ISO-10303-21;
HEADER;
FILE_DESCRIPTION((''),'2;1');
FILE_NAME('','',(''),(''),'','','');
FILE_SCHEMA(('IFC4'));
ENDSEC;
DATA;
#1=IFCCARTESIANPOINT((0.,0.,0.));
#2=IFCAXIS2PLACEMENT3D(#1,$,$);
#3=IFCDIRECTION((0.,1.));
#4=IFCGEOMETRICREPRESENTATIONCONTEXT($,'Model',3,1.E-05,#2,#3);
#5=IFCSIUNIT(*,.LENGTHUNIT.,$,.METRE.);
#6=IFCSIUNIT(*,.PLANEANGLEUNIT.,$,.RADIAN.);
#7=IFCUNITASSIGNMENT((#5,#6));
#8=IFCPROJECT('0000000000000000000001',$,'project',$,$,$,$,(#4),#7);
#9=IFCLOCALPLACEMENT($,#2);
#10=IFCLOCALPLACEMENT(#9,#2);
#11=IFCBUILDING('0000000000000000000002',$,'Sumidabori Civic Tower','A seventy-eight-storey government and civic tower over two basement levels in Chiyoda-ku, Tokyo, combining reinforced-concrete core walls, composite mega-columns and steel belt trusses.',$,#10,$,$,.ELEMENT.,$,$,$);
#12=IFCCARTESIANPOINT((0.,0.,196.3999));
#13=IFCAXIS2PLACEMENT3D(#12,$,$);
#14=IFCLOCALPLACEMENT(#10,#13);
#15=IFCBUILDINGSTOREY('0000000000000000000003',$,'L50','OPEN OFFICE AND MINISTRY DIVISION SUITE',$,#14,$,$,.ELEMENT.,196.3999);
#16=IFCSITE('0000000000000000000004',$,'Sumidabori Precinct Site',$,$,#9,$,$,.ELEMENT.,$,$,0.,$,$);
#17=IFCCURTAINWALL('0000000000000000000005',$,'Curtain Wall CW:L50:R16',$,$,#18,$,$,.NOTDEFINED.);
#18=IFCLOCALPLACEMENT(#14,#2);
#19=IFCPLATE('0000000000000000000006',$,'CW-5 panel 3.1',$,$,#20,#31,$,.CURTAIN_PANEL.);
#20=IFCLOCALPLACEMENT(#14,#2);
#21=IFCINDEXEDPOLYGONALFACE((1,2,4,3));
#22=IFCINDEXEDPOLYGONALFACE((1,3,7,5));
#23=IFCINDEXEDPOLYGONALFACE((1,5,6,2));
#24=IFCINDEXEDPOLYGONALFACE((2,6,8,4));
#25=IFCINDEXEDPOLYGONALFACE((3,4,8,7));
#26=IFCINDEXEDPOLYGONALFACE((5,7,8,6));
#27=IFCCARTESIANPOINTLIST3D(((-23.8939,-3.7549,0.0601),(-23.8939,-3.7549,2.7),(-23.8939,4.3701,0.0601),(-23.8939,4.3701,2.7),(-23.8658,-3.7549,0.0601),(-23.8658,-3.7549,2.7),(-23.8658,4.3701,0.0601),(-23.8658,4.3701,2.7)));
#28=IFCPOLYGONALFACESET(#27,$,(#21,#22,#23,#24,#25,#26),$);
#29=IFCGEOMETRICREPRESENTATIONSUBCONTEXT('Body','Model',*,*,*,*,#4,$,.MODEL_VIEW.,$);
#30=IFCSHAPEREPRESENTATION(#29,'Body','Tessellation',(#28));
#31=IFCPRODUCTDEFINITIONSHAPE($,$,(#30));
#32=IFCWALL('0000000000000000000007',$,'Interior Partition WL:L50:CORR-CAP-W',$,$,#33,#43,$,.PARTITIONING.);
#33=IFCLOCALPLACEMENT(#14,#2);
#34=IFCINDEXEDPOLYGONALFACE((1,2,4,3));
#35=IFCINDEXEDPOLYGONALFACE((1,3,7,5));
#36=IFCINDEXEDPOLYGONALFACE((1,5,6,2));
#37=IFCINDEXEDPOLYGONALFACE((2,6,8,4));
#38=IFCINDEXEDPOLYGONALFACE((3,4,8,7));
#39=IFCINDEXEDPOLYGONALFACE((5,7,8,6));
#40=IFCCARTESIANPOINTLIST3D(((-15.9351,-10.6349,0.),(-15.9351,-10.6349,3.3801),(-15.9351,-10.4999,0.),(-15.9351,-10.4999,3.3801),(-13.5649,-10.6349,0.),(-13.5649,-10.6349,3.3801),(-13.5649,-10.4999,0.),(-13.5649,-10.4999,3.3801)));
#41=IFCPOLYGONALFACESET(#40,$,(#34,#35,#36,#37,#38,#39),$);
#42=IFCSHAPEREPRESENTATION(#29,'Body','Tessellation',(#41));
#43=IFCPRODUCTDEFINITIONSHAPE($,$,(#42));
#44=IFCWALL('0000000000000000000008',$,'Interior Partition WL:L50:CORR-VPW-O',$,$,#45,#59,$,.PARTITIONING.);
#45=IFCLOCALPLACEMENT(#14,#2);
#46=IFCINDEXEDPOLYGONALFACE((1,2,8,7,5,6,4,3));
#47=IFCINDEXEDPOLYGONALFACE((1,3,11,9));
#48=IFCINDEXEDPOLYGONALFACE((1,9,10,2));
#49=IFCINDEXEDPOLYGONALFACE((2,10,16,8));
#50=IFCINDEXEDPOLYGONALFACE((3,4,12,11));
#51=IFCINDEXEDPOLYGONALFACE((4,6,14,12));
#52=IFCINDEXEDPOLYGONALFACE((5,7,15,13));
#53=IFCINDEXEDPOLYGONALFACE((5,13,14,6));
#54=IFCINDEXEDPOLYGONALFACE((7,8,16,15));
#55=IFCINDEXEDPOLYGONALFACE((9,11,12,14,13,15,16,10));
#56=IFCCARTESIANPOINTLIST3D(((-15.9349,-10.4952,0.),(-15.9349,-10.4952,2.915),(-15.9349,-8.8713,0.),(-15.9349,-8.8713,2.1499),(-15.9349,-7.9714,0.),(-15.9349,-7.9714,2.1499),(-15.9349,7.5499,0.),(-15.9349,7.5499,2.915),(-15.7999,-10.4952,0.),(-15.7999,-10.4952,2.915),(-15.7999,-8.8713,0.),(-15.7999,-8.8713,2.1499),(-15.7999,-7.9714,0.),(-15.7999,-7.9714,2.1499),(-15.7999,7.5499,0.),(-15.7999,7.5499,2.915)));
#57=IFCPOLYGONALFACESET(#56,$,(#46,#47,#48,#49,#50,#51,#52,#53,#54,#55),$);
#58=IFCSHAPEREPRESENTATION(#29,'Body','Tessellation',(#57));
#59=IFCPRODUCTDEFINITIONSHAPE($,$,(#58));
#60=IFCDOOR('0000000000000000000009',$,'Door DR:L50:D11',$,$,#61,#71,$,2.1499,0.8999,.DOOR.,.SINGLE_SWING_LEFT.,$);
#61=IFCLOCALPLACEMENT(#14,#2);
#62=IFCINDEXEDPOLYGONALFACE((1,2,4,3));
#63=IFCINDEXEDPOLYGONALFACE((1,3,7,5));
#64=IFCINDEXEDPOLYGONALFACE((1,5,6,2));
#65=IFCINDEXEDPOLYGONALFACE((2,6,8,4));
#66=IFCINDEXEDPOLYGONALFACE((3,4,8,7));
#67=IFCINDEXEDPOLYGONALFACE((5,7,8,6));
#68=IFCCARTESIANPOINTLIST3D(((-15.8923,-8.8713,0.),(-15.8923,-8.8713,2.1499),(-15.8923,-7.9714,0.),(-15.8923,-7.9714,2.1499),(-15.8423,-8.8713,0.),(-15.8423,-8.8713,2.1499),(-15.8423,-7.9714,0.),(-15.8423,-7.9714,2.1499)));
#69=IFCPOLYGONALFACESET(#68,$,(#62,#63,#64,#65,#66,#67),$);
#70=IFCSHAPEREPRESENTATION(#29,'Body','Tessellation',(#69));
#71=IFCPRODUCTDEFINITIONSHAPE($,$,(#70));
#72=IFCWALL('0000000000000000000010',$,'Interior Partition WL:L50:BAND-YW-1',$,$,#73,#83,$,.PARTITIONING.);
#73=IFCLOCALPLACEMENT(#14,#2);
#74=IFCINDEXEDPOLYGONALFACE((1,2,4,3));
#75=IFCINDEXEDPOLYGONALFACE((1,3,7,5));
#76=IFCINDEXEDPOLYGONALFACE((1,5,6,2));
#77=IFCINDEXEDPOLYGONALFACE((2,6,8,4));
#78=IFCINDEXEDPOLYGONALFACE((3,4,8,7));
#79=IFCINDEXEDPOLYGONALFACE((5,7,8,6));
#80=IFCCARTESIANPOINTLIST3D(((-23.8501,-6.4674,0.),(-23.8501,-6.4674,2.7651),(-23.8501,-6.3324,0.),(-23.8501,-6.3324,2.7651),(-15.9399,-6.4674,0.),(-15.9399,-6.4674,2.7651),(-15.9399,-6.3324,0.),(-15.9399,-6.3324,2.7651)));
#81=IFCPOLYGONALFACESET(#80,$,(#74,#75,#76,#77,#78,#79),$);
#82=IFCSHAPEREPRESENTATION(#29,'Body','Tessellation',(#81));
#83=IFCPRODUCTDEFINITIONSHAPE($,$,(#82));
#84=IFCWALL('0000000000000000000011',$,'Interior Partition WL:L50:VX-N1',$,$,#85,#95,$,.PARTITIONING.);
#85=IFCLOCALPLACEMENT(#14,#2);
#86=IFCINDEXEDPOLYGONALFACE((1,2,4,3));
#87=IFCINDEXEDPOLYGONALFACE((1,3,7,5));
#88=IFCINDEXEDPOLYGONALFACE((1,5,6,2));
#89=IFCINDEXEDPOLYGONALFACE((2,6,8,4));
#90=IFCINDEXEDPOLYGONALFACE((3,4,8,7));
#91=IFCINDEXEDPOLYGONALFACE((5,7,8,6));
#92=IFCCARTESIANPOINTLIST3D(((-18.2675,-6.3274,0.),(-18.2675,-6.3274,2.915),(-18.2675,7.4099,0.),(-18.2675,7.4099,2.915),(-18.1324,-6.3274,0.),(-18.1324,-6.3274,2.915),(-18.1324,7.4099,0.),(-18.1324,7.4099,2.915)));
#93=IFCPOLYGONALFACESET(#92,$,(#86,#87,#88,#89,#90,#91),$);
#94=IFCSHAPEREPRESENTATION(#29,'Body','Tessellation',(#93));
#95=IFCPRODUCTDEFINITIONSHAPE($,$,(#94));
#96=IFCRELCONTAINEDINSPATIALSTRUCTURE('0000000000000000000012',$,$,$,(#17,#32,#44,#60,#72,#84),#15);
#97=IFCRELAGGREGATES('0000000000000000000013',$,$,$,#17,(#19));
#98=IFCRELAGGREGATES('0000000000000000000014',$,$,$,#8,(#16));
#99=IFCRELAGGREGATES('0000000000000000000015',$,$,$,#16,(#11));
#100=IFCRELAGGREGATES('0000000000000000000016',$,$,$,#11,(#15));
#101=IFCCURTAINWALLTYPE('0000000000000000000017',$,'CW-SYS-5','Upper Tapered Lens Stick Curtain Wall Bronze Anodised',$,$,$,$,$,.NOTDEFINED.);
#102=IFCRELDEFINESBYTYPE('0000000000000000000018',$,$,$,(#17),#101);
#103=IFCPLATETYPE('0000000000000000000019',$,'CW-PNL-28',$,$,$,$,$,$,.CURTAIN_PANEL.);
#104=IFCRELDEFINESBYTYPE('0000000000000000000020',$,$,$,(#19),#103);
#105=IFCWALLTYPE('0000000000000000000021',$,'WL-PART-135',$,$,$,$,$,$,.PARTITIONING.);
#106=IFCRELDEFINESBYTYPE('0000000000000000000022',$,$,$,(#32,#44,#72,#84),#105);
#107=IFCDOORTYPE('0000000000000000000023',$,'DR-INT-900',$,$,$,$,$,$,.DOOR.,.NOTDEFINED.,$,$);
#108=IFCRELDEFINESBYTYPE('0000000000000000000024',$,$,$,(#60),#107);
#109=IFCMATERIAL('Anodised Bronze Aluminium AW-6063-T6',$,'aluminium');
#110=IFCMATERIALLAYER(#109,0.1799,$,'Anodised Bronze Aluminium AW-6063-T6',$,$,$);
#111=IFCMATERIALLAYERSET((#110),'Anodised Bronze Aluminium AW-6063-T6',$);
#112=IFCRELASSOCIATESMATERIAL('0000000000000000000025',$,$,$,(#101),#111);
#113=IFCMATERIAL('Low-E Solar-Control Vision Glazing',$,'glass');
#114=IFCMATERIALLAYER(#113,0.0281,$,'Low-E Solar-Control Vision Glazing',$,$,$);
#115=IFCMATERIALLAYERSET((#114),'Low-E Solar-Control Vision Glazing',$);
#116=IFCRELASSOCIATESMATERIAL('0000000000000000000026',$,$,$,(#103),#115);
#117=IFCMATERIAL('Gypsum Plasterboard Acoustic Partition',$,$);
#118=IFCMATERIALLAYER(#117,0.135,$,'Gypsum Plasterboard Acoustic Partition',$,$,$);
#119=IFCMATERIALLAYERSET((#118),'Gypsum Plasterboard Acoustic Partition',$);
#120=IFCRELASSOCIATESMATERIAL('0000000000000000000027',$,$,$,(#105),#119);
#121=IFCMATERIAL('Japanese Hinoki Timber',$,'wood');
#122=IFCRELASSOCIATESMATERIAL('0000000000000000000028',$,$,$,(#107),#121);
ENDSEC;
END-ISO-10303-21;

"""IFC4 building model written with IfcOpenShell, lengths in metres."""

from ifc_helpers import new_model, si_unit, direction, frame, frame_2d, origin, origin_2d, place, context, subcontext, project, spatial, rectangle, extrude, source, transform, mapped, material, layer, layer_set, type_object, element, fill, aggregate, save


model = new_model("IFC4")

# Units and contexts
model_context = context("Model", 3, precision=1e-05, world=origin(), true_north=direction((0.0, 1.0)))
body_context = subcontext(model_context, "Body", "Model", "MODEL_VIEW")
ifc_project = project(units=[si_unit("LENGTHUNIT", "METRE"), si_unit("PLANEANGLEUNIT", "RADIAN")], contexts=[model_context])

# Site, building, storey
site_placement = place(None, origin())
site = spatial("IfcSite", under=ifc_project, at=site_placement, Name="Sumidabori Precinct Site", CompositionType="ELEMENT", RefElevation=0.0)
building_placement = place(site_placement, origin())
building = spatial("IfcBuilding", under=site, at=building_placement, Name="Sumidabori Civic Tower", Description="A seventy-eight-storey government and civic tower over two basement levels in Chiyoda-ku, Tokyo, combining reinforced-concrete core walls, composite mega-columns and steel belt trusses.", CompositionType="ELEMENT")
storey_placement = place(building_placement, frame((0.0, 0.0, 196.3999)))
storey = spatial("IfcBuildingStorey", under=building, at=storey_placement, Name="L50", Description="OPEN OFFICE AND MINISTRY DIVISION SUITE", CompositionType="ELEMENT", Elevation=196.3999)

# Curtain wall
ifc_material_1 = material(Name="Anodised Bronze Aluminium AW-6063-T6", Category="aluminium")
ifc_layer_1 = layer(ifc_material_1, 0.1799, Name="Anodised Bronze Aluminium AW-6063-T6")
ifc_layer_set_1 = layer_set([ifc_layer_1], Name="Anodised Bronze Aluminium AW-6063-T6")
curtain_wall_type = type_object("IfcCurtainWallType", Name="CW-SYS-5", Description="Upper Tapered Lens Stick Curtain Wall Bronze Anodised", PredefinedType="NOTDEFINED", material=ifc_layer_set_1)
curtain_wall_1_placement = place(storey_placement, origin())
curtain_wall_1 = element("IfcCurtainWall", 1, at=curtain_wall_1_placement, inside=storey, type_object=curtain_wall_type, Name="Curtain Wall CW:L50:R16", PredefinedType="NOTDEFINED")

# Plate
ifc_material_2 = material(Name="Low-E Solar-Control Vision Glazing", Category="glass")
ifc_layer_2 = layer(ifc_material_2, 0.0281, Name="Low-E Solar-Control Vision Glazing")
ifc_layer_set_2 = layer_set([ifc_layer_2], Name="Low-E Solar-Control Vision Glazing")
plate_type = type_object("IfcPlateType", Name="CW-PNL-28", PredefinedType="CURTAIN_PANEL", material=ifc_layer_set_2)
shared_shape_1 = source(origin(), body_context, "Body", "SweptSolid", [
    extrude(rectangle(XDim=8.125, YDim=0.0281, at=origin_2d()), origin(), (0.0, 0.0, 1.0), 2.6399),
])
plate_1_placement = place(storey_placement, frame((-23.8799, 0.3076, 0.0601), z_axis=(0.0, 0.0, 1.0), x_axis=(0.0, -1.0, 0.0)))
plate_1 = element("IfcPlate", 2, at=plate_1_placement, type_object=plate_type, Name="CW-5 panel 3.1", PredefinedType="CURTAIN_PANEL", context=body_context, shape_type="MappedRepresentation", body=[
    mapped(shared_shape_1, transform((0.0, 0.0, 0.0), x_axis=(1.0, 0.0, 0.0), y_axis=(0.0, 1.0, 0.0), z_axis=(0.0, 0.0, 1.0), scale=1.0)),
])
aggregate(curtain_wall_1, [plate_1])

# Wall
ifc_material_3 = material(Name="Gypsum Plasterboard Acoustic Partition")
ifc_layer_3 = layer(ifc_material_3, 0.135, Name="Gypsum Plasterboard Acoustic Partition")
ifc_layer_set_3 = layer_set([ifc_layer_3], Name="Gypsum Plasterboard Acoustic Partition")
wall_type = type_object("IfcWallType", Name="WL-PART-135", PredefinedType="PARTITIONING", material=ifc_layer_set_3)
shared_shape_2 = source(origin(), body_context, "Body", "SweptSolid", [
    extrude(rectangle(XDim=2.3701, YDim=0.135, at=frame_2d((1.1851, 0.0))), origin(), (0.0, 0.0, 1.0), 3.3801),
])
wall_1_placement = place(storey_placement, frame((-15.9351, -10.5674, 0.0), z_axis=(0.0, 0.0, 1.0), x_axis=(1.0, 0.0, 0.0)))
element("IfcWall", 3, at=wall_1_placement, inside=storey, type_object=wall_type, Name="Interior Partition WL:L50:CORR-CAP-W", PredefinedType="PARTITIONING", context=body_context, shape_type="MappedRepresentation", body=[
    mapped(shared_shape_2, transform((0.0, 0.0, 0.0), x_axis=(1.0, 0.0, 0.0), y_axis=(0.0, 1.0, 0.0), z_axis=(0.0, 0.0, 1.0), scale=1.0)),
])

# Wall, opening, door
shared_shape_3 = source(origin(), body_context, "Body", "SweptSolid", [
    extrude(rectangle(XDim=18.0452, YDim=0.135, at=frame_2d((9.0225, 0.0))), origin(), (0.0, 0.0, 1.0), 2.915),
])
wall_2_placement = place(storey_placement, frame((-15.8674, -10.4951, 0.0), z_axis=(0.0, 0.0, 1.0), x_axis=(0.0, 1.0, 0.0)))
wall_2 = element("IfcWall", 4, at=wall_2_placement, inside=storey, type_object=wall_type, Name="Interior Partition WL:L50:CORR-VPW-O", PredefinedType="PARTITIONING", context=body_context, shape_type="MappedRepresentation", body=[
    mapped(shared_shape_3, transform((0.0, 0.0, 0.0), x_axis=(1.0, 0.0, 0.0), y_axis=(0.0, 1.0, 0.0), z_axis=(0.0, 0.0, 1.0), scale=1.0)),
])
opening_placement = place(wall_2_placement, frame((1.6238, 0.0, 0.0)))
opening = element("IfcOpeningElement", 5, at=opening_placement, cuts=wall_2, PredefinedType="OPENING", context=body_context, shape_type="SweptSolid", body=[
    extrude(rectangle(XDim=0.8999, YDim=2.1499, at=frame_2d((0.45, 1.075))), frame((0.0, 0.0796, 0.0), z_axis=(0.0, -1.0, 0.0), x_axis=(1.0, 0.0, 0.0)), (0.0, 0.0, 1.0), 0.1589),
])
ifc_material_4 = material(Name="Japanese Hinoki Timber", Category="wood")
door_type = type_object("IfcDoorType", Name="DR-INT-900", OperationType="NOTDEFINED", PredefinedType="DOOR", material=ifc_material_4)
shared_shape_4 = source(origin(), body_context, "Body", "SweptSolid", [
    extrude(rectangle(XDim=0.8999, YDim=2.1499, at=frame_2d((0.45, 1.075))), frame((0.0, 0.0249, 0.0), z_axis=(0.0, -1.0, 0.0), x_axis=(1.0, 0.0, 0.0)), (0.0, 0.0, 1.0), 0.05),
])
door_placement = place(opening_placement, origin())
door = element("IfcDoor", 6, at=door_placement, inside=storey, type_object=door_type, Name="Door DR:L50:D11", OperationType="SINGLE_SWING_LEFT", OverallHeight=2.1499, OverallWidth=0.8999, PredefinedType="DOOR", context=body_context, shape_type="MappedRepresentation", body=[
    mapped(shared_shape_4, transform((0.0, 0.0, 0.0), x_axis=(1.0, 0.0, 0.0), y_axis=(0.0, 1.0, 0.0), z_axis=(0.0, 0.0, 1.0), scale=1.0)),
])
fill(opening, door)

# Walls
shared_shape_5 = source(origin(), body_context, "Body", "SweptSolid", [
    extrude(rectangle(XDim=7.9102, YDim=0.135, at=frame_2d((3.9551, 0.0))), origin(), (0.0, 0.0, 1.0), 2.7651),
])
wall_3_placement = place(storey_placement, frame((-23.8501, -6.3999, 0.0), z_axis=(0.0, 0.0, 1.0), x_axis=(1.0, 0.0, 0.0)))
element("IfcWall", 7, at=wall_3_placement, inside=storey, type_object=wall_type, Name="Interior Partition WL:L50:BAND-YW-1", PredefinedType="PARTITIONING", context=body_context, shape_type="MappedRepresentation", body=[
    mapped(shared_shape_5, transform((0.0, 0.0, 0.0), x_axis=(1.0, 0.0, 0.0), y_axis=(0.0, 1.0, 0.0), z_axis=(0.0, 0.0, 1.0), scale=1.0)),
])
shared_shape_6 = source(origin(), body_context, "Body", "SweptSolid", [
    extrude(rectangle(XDim=13.7373, YDim=0.135, at=frame_2d((6.8687, 0.0))), origin(), (0.0, 0.0, 1.0), 2.915),
])
wall_4_placement = place(storey_placement, frame((-18.2, -6.3274, 0.0), z_axis=(0.0, 0.0, 1.0), x_axis=(0.0, 1.0, 0.0)))
element("IfcWall", 8, at=wall_4_placement, inside=storey, type_object=wall_type, Name="Interior Partition WL:L50:VX-N1", PredefinedType="PARTITIONING", context=body_context, shape_type="MappedRepresentation", body=[
    mapped(shared_shape_6, transform((0.0, 0.0, 0.0), x_axis=(1.0, 0.0, 0.0), y_axis=(0.0, 1.0, 0.0), z_axis=(0.0, 0.0, 1.0), scale=1.0)),
])

save(model, "model.ifc")
